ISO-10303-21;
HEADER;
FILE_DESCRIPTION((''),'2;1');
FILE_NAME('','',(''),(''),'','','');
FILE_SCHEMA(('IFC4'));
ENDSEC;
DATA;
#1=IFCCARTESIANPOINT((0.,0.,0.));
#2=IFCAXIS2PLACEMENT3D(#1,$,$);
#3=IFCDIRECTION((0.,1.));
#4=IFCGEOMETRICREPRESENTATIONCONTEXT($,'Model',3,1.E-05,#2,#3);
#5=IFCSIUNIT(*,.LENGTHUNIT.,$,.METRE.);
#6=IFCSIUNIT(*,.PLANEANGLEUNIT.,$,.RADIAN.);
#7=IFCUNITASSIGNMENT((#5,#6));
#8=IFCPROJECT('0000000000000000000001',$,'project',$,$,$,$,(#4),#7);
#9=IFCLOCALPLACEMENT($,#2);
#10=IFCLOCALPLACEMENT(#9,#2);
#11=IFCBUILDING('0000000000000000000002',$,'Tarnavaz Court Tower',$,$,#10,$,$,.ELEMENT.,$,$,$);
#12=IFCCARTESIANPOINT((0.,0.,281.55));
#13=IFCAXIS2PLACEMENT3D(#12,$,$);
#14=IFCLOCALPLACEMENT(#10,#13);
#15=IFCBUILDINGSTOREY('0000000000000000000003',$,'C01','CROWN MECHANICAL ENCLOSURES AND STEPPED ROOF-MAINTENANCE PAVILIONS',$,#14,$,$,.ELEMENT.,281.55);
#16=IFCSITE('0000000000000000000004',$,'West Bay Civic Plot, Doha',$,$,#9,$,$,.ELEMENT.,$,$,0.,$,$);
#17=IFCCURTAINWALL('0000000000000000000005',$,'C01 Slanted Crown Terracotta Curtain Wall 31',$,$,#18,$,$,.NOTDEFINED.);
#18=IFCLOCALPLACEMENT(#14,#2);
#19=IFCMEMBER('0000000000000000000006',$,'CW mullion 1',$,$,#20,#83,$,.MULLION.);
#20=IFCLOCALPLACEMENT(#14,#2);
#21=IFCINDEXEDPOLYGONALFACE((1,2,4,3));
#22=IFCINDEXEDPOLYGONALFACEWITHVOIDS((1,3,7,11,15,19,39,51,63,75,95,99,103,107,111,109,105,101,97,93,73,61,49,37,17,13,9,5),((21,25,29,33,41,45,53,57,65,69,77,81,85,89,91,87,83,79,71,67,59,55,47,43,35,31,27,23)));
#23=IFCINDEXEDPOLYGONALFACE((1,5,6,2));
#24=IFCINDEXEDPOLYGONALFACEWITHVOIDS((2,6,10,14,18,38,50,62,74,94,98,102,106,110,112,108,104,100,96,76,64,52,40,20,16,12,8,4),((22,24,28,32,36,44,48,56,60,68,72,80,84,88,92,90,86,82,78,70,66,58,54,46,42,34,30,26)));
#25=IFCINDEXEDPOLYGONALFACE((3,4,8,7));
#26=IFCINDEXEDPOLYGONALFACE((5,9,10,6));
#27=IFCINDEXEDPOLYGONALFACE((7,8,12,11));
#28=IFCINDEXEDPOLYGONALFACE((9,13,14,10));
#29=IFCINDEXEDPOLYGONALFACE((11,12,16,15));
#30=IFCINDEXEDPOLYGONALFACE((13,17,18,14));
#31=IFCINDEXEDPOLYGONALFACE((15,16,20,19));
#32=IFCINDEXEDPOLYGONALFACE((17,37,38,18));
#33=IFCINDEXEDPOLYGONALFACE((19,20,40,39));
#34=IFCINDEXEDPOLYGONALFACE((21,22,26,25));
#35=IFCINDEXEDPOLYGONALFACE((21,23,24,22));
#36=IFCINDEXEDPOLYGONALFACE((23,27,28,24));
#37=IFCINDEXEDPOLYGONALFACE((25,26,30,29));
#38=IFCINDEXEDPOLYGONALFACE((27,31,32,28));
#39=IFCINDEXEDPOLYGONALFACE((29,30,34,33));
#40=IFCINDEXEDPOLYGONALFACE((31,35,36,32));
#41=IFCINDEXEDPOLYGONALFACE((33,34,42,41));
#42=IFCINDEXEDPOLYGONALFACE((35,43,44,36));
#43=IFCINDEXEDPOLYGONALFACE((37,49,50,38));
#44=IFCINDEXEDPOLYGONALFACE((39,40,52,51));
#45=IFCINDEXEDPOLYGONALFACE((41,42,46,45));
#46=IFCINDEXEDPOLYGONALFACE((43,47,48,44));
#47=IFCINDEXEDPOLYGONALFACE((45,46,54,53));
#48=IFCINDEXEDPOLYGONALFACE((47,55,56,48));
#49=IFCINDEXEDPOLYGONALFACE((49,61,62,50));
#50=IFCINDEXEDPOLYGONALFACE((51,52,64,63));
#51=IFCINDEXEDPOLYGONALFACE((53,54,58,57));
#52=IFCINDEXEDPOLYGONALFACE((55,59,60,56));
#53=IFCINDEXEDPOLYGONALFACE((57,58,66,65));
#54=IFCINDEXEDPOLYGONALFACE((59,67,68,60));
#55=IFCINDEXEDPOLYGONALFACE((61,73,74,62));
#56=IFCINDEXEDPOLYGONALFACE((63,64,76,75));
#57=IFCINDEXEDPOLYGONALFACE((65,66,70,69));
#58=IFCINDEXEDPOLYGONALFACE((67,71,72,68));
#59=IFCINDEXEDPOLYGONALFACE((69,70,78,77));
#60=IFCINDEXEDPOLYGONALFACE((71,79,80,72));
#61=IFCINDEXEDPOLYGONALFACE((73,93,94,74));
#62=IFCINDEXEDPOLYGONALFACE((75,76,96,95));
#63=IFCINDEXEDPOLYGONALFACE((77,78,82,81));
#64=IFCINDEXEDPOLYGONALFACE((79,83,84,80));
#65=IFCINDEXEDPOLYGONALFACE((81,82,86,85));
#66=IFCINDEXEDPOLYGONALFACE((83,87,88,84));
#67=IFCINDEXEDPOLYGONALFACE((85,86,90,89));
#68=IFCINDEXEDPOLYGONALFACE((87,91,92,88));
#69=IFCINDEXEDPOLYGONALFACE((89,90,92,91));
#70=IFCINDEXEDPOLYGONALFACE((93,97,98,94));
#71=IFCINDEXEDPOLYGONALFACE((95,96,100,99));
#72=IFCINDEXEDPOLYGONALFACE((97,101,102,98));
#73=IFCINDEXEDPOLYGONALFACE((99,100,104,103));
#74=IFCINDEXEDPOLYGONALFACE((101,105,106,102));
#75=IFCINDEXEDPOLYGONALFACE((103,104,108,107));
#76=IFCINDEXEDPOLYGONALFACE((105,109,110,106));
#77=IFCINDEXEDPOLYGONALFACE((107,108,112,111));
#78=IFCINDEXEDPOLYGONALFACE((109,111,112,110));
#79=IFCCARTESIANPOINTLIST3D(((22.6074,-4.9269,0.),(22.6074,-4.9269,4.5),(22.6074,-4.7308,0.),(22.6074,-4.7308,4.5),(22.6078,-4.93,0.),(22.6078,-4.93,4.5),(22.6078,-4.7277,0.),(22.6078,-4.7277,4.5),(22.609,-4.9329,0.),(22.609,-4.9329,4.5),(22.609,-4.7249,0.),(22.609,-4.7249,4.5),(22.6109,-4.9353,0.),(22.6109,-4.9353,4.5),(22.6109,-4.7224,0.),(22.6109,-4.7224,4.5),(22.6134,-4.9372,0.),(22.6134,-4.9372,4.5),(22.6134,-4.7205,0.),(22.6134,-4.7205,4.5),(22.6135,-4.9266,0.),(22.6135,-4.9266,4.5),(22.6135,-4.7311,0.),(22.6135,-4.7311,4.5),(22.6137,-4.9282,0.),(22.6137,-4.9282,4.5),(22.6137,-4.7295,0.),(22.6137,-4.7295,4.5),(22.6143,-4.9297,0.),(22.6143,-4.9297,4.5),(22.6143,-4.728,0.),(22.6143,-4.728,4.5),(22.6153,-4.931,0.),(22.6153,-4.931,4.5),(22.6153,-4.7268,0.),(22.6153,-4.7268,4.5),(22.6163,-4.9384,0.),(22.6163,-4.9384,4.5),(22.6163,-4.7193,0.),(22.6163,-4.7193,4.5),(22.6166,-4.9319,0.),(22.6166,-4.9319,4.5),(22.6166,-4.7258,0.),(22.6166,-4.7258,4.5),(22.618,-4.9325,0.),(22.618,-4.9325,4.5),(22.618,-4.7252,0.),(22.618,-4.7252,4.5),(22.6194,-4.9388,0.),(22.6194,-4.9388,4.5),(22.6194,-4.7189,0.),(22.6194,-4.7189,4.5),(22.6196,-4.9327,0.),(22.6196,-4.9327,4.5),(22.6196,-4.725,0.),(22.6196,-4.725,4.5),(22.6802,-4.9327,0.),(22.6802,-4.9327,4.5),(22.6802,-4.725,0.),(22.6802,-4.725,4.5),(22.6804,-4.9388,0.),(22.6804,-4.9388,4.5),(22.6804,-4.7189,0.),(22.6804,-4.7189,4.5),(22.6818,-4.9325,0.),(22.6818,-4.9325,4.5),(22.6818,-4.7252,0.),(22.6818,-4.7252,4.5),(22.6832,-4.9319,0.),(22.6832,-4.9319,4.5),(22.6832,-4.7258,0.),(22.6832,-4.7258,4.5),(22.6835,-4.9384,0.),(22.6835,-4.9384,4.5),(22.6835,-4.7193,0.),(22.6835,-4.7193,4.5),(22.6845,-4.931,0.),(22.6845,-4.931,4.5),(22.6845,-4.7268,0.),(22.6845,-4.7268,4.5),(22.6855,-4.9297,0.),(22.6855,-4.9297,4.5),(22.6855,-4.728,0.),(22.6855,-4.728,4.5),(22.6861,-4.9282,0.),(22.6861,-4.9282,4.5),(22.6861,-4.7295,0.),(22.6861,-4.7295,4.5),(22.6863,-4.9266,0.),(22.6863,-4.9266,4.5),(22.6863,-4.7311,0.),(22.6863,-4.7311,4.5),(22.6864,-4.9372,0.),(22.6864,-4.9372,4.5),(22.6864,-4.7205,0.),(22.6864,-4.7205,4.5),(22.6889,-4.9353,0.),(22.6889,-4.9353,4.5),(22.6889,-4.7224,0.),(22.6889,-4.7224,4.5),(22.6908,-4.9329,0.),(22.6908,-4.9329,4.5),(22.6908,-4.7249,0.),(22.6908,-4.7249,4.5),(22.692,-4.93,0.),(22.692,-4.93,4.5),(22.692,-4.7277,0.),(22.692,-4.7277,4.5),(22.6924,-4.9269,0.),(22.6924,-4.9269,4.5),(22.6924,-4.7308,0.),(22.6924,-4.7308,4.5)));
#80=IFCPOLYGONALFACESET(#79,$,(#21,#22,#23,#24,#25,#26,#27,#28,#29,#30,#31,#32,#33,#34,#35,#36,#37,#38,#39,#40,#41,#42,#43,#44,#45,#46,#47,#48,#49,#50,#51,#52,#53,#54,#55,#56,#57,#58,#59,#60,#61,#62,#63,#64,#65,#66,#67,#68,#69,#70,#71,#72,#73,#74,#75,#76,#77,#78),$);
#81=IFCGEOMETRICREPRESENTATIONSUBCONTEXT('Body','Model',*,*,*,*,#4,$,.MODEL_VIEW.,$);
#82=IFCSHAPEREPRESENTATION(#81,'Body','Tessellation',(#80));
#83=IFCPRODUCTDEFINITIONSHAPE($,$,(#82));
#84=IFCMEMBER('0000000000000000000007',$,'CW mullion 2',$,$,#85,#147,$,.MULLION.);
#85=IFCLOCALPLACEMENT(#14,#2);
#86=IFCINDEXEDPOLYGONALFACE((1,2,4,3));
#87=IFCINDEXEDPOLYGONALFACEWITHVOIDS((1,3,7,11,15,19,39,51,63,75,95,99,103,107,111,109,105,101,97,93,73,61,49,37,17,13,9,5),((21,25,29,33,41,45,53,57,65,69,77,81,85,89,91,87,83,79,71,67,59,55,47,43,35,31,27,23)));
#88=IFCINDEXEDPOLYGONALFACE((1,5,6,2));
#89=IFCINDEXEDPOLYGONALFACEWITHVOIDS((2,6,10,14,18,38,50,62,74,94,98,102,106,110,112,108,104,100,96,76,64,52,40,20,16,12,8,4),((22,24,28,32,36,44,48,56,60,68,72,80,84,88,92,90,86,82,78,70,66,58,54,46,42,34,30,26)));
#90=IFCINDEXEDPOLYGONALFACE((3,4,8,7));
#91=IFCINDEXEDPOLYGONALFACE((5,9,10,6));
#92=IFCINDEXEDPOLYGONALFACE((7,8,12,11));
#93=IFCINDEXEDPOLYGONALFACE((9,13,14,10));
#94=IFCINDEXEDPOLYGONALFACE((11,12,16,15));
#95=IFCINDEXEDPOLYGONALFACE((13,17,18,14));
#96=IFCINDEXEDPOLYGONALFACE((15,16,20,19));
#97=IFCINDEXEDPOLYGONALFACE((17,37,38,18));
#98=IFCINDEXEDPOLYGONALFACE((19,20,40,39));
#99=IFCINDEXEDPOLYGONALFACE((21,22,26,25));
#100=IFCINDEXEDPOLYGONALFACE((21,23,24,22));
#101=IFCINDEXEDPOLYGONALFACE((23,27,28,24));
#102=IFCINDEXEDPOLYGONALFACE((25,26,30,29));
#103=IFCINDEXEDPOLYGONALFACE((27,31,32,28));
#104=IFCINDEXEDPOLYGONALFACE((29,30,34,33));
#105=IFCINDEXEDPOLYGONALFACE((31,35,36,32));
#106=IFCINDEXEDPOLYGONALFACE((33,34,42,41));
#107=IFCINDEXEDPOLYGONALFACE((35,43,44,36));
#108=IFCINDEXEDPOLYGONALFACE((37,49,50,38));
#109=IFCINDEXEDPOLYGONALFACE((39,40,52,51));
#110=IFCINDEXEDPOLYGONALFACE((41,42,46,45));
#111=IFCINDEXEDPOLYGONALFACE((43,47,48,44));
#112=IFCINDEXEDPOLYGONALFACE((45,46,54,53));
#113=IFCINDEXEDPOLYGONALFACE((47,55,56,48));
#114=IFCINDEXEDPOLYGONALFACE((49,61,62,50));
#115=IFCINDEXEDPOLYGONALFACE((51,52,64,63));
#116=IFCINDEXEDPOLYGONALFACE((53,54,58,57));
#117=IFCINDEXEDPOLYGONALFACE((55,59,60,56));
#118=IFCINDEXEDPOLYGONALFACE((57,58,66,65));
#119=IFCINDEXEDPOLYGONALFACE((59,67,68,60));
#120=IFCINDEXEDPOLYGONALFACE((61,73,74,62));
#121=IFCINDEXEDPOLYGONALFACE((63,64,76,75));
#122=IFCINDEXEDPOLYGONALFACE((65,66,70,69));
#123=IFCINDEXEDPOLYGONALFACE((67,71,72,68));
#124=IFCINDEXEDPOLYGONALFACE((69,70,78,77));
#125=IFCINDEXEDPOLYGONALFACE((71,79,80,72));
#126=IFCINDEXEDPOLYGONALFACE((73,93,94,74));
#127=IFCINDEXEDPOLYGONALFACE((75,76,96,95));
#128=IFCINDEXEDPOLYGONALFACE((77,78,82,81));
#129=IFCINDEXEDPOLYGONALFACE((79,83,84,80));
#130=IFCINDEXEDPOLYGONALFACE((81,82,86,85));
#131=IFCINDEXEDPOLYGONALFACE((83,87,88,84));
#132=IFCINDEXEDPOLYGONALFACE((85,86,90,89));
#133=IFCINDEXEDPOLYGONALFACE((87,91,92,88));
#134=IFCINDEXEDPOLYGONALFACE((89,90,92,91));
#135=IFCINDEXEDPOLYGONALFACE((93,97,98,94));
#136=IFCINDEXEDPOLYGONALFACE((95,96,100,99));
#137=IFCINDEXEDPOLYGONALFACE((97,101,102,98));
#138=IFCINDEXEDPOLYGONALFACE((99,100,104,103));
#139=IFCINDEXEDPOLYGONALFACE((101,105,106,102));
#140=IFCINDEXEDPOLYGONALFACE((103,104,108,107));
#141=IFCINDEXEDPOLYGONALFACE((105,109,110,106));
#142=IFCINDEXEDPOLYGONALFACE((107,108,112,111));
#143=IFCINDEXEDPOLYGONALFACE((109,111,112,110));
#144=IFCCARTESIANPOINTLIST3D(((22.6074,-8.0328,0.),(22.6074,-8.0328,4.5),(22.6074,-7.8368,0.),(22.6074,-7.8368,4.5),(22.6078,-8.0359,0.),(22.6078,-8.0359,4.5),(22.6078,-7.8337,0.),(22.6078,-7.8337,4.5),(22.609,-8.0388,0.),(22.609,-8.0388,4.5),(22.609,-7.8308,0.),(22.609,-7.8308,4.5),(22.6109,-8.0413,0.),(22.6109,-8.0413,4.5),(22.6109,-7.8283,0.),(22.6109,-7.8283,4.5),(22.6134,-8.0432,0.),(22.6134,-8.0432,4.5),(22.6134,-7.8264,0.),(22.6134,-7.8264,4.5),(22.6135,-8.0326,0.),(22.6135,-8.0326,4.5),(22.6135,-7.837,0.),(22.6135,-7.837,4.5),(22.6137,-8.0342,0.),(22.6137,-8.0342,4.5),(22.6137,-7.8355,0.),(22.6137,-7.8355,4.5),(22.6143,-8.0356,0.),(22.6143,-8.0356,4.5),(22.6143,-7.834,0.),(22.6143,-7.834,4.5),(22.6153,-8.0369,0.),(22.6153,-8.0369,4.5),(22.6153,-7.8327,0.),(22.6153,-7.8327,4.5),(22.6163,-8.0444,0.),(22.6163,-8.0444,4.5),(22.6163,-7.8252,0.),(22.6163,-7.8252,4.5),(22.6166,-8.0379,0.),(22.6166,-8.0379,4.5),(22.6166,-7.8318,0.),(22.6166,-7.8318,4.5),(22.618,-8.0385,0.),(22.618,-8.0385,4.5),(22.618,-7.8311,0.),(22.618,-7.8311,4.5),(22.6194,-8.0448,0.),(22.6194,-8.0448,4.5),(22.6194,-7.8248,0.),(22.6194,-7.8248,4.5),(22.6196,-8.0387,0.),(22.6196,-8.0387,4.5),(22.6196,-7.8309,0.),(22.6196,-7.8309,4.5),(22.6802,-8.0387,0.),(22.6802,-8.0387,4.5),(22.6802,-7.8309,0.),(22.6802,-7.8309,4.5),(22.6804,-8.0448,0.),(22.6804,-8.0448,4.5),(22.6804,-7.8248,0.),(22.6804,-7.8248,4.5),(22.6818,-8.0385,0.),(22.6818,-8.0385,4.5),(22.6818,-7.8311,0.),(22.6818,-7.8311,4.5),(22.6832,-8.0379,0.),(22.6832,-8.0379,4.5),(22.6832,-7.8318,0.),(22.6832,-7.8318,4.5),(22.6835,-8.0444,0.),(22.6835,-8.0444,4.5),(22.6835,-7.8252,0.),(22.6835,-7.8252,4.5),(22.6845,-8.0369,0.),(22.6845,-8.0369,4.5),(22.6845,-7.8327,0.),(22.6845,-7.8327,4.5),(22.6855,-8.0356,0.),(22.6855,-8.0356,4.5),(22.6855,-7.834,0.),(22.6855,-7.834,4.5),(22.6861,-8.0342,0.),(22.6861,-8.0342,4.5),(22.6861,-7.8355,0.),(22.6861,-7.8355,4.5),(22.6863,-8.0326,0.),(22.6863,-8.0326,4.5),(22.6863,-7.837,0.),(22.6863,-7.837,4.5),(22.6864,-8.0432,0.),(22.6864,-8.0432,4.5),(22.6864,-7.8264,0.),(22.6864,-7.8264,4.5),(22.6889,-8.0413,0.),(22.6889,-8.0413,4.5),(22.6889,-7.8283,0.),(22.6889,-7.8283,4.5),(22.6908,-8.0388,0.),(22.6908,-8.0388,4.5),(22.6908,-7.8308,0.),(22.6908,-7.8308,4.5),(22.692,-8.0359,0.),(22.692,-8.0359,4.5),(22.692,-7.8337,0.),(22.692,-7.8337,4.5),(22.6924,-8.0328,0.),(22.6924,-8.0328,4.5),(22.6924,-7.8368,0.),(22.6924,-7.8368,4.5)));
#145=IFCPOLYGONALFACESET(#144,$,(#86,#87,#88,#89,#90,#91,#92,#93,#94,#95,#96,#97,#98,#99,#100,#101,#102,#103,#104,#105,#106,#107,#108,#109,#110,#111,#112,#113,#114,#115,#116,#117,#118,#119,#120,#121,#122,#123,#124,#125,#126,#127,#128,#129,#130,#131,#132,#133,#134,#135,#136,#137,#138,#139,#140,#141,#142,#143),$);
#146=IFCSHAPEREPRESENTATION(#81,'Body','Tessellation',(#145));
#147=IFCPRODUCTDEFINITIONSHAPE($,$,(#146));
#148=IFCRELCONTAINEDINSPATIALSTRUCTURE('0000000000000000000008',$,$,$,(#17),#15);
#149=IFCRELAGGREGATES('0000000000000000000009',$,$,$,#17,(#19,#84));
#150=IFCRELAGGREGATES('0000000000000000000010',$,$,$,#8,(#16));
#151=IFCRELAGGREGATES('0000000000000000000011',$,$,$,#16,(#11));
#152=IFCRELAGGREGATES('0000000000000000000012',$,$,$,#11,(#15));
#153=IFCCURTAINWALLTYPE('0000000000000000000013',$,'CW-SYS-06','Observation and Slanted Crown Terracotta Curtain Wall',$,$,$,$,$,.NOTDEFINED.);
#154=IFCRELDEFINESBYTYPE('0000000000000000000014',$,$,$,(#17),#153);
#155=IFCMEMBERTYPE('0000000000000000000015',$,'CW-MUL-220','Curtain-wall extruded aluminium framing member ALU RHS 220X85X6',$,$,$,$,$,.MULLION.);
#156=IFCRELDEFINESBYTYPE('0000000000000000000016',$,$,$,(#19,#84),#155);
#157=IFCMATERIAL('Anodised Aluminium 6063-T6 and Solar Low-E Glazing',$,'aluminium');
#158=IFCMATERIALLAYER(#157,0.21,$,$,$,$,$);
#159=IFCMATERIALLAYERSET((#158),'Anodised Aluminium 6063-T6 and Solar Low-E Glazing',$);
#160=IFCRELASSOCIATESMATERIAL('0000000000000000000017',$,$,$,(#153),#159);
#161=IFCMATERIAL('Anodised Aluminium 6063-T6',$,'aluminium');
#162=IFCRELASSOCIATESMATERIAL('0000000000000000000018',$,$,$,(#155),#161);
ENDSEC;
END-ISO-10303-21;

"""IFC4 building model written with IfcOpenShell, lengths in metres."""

from ifc_helpers import new_model, si_unit, direction, frame, origin, origin_2d, place, context, subcontext, project, spatial, hollow_rectangle, extrude, material, layer, layer_set, material_profile, profile_set, type_object, element, aggregate, save


model = new_model("IFC4")

# Units and contexts
model_context = context("Model", 3, precision=1e-05, world=origin(), true_north=direction((0.0, 1.0)))
body_context = subcontext(model_context, "Body", "Model", "MODEL_VIEW")
ifc_project = project(units=[si_unit("LENGTHUNIT", "METRE"), si_unit("PLANEANGLEUNIT", "RADIAN")], contexts=[model_context])

# Site, building, storey
site_placement = place(None, origin())
site = spatial("IfcSite", under=ifc_project, at=site_placement, Name="West Bay Civic Plot, Doha", CompositionType="ELEMENT", RefElevation=0.0)
building_placement = place(site_placement, origin())
building = spatial("IfcBuilding", under=site, at=building_placement, Name="Tarnavaz Court Tower", CompositionType="ELEMENT")
storey_placement = place(building_placement, frame((0.0, 0.0, 281.55)))
storey = spatial("IfcBuildingStorey", under=building, at=storey_placement, Name="C01", Description="CROWN MECHANICAL ENCLOSURES AND STEPPED ROOF-MAINTENANCE PAVILIONS", CompositionType="ELEMENT", Elevation=281.55)

# Curtain wall, members
ifc_material_1 = material(Name="Anodised Aluminium 6063-T6 and Solar Low-E Glazing", Category="aluminium")
ifc_layer_1 = layer(ifc_material_1, 0.21)
ifc_layer_set_1 = layer_set([ifc_layer_1], Name="Anodised Aluminium 6063-T6 and Solar Low-E Glazing")
curtain_wall_type = type_object("IfcCurtainWallType", Name="CW-SYS-06", Description="Observation and Slanted Crown Terracotta Curtain Wall", PredefinedType="NOTDEFINED", material=ifc_layer_set_1)
ifc_material_2 = material(Name="Anodised Aluminium 6063-T6", Category="aluminium")
ifc_material_profile_1 = material_profile(ifc_material_2, hollow_rectangle(XDim=0.085, YDim=0.22, WallThickness=0.0061, InnerFilletRadius=0.0061, OuterFilletRadius=0.012, at=origin_2d()), Name="ALU RHS 220X85X6")
ifc_profile_set_1 = profile_set([ifc_material_profile_1], Name="Anodised Aluminium 6063-T6")
member_type_1 = type_object("IfcMemberType", Name="CW-MUL-220", Description="Curtain-wall extruded aluminium framing member ALU RHS 220X85X6", PredefinedType="MULLION", material=ifc_profile_set_1)
curtain_wall_1_placement = place(storey_placement, origin())
curtain_wall_1 = element("IfcCurtainWall", 1, at=curtain_wall_1_placement, inside=storey, type_object=curtain_wall_type, Name="C01 Slanted Crown Terracotta Curtain Wall 31", PredefinedType="NOTDEFINED")
member_1_placement = place(storey_placement, frame((22.6499, -4.8289, 0.0), z_axis=(0.0, 0.0, 1.0), x_axis=(1.0, 0.0, 0.0)))
member_1 = element("IfcMember", 2, at=member_1_placement, type_object=member_type_1, Name="CW mullion 1", PredefinedType="MULLION", context=body_context, shape_type="SweptSolid", body=[
    extrude(hollow_rectangle(XDim=0.085, YDim=0.22, WallThickness=0.0061, InnerFilletRadius=0.0061, OuterFilletRadius=0.012, at=origin_2d()), origin(), (0.0, 0.0, 1.0), 4.5),
])
member_2_placement = place(storey_placement, frame((22.6499, -7.9348, 0.0), z_axis=(0.0, 0.0, 1.0), x_axis=(1.0, 0.0, 0.0)))
member_2 = element("IfcMember", 3, at=member_2_placement, type_object=member_type_1, Name="CW mullion 2", PredefinedType="MULLION", context=body_context, shape_type="SweptSolid", body=[
    extrude(hollow_rectangle(XDim=0.085, YDim=0.22, WallThickness=0.0061, InnerFilletRadius=0.0061, OuterFilletRadius=0.012, at=origin_2d()), origin(), (0.0, 0.0, 1.0), 4.5),
])

aggregate(curtain_wall_1, [member_1, member_2])

save(model, "model.ifc")
